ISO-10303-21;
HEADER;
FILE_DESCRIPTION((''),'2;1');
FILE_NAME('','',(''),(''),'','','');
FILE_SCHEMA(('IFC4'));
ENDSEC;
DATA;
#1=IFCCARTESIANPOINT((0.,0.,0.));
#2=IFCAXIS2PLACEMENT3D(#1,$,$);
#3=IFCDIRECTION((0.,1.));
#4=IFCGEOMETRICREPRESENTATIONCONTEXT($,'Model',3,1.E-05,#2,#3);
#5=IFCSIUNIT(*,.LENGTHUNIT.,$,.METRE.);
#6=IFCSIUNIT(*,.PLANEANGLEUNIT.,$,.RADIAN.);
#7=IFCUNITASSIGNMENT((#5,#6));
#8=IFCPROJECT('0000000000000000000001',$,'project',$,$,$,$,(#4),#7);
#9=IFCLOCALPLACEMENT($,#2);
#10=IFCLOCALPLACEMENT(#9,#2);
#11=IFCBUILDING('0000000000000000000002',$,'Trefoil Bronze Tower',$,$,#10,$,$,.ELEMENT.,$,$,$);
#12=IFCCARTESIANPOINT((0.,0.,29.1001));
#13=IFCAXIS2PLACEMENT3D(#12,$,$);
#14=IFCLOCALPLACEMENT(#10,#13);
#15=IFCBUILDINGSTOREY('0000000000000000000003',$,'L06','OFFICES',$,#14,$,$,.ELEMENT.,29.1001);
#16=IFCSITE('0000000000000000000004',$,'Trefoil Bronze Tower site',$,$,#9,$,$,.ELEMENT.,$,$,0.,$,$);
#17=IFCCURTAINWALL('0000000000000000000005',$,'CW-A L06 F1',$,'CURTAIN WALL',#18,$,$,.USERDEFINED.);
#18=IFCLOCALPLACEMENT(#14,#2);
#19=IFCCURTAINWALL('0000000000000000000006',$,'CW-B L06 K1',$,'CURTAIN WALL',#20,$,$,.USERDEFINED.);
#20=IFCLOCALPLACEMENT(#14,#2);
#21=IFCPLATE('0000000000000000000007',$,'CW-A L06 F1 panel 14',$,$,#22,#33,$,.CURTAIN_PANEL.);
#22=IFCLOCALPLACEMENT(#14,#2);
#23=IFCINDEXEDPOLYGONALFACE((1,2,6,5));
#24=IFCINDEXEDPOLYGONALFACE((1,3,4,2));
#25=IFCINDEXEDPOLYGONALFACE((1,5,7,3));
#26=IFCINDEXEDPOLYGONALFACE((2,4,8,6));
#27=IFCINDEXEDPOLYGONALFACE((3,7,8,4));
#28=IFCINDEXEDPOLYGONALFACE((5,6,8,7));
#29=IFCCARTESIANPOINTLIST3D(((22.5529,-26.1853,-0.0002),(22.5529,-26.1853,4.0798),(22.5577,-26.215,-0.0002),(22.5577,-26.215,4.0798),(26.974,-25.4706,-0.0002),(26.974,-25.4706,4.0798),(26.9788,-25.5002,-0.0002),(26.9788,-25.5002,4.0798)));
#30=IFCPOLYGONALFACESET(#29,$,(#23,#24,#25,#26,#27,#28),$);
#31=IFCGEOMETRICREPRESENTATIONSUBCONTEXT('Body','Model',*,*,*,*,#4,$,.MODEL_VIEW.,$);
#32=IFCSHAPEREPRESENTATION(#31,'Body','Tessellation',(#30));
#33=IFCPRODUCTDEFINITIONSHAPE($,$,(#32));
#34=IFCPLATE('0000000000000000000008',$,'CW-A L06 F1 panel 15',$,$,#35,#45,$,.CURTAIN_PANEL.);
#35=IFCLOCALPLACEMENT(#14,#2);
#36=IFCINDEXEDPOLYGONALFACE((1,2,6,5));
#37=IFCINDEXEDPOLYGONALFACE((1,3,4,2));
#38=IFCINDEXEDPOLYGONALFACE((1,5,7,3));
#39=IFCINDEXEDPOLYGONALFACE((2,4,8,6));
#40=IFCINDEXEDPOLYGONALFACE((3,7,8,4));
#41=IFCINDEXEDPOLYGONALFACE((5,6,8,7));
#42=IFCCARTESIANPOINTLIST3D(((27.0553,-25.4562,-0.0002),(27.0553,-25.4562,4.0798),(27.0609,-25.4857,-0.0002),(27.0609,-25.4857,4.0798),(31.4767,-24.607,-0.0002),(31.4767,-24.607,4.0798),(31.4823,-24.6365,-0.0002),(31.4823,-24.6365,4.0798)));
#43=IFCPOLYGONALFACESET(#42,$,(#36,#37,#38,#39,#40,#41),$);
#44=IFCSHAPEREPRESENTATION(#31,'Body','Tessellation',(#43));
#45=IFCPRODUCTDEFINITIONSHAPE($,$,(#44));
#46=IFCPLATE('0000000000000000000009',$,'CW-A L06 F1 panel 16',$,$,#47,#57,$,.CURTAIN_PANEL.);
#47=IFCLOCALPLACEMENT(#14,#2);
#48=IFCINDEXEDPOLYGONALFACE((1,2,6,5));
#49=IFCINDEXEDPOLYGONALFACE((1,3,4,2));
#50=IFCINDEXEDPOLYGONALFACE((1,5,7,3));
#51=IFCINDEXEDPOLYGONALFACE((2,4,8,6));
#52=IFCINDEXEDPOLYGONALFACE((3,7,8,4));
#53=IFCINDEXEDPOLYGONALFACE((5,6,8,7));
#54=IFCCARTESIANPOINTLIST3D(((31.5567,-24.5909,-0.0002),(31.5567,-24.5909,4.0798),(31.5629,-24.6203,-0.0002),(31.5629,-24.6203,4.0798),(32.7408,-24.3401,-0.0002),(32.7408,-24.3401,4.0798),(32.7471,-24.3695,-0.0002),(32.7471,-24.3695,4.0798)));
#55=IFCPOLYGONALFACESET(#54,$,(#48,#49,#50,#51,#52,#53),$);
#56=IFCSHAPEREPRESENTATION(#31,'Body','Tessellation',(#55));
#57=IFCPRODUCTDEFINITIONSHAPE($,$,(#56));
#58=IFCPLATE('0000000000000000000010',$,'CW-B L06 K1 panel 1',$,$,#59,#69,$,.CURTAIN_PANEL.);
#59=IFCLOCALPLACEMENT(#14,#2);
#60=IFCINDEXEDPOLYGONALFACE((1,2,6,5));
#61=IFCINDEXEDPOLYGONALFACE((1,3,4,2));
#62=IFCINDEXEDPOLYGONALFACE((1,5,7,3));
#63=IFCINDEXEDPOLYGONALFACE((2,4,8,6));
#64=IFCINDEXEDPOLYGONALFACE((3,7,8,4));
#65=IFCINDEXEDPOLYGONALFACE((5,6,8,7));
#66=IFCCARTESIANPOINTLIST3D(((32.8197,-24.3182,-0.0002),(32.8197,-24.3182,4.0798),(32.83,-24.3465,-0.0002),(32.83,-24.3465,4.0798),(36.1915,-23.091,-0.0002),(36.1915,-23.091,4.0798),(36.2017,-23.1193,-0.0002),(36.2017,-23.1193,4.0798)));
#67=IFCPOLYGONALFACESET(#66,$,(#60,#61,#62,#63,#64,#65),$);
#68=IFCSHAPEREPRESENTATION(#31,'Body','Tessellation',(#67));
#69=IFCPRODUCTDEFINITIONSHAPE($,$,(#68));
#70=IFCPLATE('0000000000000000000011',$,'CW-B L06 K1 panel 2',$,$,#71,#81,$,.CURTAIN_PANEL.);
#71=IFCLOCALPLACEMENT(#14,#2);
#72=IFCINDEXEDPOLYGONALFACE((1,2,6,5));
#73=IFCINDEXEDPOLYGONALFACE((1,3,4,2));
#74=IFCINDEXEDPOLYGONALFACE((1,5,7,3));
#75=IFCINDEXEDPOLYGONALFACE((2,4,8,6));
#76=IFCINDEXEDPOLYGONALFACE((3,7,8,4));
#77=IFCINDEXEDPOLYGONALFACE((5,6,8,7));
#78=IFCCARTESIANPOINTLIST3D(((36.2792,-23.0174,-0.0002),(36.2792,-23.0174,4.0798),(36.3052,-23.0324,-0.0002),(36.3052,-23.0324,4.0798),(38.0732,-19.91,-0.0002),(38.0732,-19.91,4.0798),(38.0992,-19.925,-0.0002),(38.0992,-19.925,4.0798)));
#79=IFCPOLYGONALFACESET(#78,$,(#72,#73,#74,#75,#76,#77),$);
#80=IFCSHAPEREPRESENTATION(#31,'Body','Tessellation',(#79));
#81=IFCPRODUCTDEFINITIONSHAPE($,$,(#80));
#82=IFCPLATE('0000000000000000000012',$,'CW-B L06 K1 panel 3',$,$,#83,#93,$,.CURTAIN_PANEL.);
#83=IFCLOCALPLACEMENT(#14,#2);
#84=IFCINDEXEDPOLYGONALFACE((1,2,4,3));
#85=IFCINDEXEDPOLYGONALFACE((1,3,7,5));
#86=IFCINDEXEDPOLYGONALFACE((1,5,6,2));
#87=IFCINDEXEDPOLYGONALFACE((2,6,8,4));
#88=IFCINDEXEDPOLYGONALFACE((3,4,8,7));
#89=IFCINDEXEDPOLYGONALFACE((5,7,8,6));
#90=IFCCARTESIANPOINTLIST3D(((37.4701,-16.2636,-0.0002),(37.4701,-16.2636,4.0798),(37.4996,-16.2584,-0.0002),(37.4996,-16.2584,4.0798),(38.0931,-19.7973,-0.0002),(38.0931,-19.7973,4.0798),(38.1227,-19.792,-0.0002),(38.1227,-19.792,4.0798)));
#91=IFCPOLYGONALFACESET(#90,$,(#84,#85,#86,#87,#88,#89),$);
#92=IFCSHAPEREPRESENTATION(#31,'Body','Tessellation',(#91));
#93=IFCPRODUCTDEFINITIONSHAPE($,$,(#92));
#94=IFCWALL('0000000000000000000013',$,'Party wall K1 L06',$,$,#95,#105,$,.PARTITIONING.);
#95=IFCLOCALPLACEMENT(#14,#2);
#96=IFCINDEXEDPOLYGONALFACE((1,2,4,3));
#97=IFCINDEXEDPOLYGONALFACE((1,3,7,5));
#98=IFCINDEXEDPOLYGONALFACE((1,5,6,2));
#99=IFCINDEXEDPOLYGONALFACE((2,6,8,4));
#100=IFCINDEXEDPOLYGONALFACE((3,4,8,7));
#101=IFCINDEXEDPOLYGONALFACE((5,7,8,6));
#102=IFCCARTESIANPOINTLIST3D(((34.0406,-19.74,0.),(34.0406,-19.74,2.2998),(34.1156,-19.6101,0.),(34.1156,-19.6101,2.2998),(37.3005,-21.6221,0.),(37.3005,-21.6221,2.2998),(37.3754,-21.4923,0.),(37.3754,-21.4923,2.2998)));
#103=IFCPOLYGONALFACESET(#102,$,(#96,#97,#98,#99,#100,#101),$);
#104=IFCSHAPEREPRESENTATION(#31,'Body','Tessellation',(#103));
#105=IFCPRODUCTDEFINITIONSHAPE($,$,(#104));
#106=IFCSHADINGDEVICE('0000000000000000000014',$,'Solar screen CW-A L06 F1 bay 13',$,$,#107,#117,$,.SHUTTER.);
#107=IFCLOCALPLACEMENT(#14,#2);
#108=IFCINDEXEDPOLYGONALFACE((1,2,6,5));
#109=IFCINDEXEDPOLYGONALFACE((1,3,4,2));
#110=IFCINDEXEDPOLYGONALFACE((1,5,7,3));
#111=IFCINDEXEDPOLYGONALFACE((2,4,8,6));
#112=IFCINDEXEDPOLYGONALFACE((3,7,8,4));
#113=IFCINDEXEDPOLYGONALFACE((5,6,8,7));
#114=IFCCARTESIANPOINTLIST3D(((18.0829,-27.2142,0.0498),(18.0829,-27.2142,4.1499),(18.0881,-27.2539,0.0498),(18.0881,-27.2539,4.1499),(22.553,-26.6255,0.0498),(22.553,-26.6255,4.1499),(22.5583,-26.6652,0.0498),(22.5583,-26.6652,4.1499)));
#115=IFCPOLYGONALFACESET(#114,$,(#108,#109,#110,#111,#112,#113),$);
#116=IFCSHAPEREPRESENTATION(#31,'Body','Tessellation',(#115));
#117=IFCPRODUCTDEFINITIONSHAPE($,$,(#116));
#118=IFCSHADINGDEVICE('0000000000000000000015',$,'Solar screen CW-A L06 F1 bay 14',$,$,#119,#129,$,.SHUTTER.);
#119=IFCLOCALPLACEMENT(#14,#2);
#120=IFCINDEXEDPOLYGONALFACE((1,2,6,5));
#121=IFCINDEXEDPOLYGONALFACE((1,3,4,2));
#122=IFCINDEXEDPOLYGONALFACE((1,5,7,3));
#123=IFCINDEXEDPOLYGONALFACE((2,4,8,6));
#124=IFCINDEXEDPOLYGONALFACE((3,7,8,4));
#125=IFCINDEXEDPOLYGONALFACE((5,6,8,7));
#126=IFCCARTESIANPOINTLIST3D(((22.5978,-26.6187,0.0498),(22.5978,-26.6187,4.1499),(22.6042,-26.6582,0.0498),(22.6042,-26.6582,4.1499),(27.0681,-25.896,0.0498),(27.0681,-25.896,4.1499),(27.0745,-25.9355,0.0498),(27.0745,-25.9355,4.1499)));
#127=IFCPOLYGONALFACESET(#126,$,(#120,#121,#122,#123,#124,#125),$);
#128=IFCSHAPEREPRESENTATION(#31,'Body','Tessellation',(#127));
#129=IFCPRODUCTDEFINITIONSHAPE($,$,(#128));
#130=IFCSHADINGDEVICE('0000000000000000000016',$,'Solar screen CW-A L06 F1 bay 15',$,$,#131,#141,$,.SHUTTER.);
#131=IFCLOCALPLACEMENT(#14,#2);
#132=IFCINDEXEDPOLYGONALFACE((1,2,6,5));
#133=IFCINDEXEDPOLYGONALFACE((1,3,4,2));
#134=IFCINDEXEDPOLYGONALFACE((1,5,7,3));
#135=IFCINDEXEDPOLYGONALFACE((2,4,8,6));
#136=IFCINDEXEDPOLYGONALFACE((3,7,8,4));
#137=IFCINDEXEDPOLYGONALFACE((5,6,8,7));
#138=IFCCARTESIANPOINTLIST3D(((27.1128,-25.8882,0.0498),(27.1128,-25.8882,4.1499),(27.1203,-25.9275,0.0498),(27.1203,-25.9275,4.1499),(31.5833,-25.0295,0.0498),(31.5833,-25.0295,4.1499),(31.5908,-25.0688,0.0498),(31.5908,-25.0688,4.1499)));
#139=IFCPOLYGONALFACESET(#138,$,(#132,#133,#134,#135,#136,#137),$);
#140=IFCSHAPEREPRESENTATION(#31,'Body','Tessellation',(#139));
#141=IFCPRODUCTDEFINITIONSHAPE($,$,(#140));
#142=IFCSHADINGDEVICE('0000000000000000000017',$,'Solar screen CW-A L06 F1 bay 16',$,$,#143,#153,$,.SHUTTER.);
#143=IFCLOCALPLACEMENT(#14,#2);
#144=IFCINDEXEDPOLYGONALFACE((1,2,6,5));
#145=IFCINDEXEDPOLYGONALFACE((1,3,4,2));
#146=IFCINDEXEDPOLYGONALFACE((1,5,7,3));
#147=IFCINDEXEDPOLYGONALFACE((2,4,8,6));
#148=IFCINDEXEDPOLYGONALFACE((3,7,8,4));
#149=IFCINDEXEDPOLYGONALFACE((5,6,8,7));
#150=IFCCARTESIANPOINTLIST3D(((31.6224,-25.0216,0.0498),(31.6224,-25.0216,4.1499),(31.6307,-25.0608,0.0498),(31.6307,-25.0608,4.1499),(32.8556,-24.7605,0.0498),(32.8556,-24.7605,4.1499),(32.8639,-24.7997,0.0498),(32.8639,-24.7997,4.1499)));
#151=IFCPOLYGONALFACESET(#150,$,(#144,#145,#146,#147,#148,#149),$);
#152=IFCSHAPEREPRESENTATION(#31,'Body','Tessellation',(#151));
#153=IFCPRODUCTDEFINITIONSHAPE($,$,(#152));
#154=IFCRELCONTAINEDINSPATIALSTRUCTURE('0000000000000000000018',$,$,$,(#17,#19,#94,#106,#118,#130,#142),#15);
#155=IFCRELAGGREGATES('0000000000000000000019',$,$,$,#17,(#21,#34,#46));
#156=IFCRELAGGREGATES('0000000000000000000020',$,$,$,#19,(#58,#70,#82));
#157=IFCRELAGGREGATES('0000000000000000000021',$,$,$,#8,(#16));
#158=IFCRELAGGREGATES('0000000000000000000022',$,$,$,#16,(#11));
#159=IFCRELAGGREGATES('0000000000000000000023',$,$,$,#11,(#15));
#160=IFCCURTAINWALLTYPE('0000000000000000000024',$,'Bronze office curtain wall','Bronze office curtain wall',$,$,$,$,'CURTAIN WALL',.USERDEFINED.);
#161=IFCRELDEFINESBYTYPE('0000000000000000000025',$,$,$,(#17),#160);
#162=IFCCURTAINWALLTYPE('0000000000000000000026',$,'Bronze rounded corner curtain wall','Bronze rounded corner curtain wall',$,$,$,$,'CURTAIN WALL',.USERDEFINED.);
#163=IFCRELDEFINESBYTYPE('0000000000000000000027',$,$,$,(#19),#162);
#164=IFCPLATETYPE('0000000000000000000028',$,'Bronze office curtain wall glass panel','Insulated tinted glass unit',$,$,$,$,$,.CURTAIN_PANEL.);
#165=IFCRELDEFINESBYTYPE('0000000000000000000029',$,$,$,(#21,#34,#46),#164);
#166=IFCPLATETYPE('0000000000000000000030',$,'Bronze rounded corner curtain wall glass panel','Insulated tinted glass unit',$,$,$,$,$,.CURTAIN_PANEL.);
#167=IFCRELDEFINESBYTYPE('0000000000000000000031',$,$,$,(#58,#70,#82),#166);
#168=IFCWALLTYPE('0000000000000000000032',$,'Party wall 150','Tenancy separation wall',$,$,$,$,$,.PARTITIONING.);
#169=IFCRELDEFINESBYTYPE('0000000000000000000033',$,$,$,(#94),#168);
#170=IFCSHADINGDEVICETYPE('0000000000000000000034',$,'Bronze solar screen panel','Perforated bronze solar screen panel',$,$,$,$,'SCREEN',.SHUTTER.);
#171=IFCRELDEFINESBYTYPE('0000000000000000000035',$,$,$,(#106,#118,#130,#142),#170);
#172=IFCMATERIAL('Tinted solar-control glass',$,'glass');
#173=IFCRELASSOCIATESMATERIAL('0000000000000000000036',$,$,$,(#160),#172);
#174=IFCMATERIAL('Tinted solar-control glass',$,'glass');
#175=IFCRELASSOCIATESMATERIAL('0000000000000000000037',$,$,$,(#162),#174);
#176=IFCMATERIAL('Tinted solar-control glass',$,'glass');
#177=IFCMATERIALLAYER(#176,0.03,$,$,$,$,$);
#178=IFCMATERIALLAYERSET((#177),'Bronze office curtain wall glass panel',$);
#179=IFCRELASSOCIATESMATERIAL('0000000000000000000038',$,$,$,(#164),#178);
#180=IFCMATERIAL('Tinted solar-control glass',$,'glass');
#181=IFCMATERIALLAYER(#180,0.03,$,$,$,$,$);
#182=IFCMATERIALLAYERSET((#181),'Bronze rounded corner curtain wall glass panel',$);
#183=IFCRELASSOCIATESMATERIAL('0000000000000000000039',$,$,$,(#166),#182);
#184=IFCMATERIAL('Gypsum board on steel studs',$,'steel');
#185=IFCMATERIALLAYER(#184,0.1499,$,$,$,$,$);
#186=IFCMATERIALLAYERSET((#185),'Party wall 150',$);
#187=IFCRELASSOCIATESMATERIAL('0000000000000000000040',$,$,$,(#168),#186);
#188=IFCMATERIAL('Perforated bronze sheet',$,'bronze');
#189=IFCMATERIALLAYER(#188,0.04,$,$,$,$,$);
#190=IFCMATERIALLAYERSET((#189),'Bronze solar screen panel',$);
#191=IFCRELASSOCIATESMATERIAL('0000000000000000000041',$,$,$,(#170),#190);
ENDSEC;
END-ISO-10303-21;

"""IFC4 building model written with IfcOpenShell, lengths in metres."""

from ifc_helpers import new_model, si_unit, direction, frame, frame_2d, origin, origin_2d, place, context, subcontext, project, spatial, rectangle, extrude, material, layer, layer_set, type_object, element, aggregate, save


model = new_model("IFC4")

# Units and contexts
model_context = context("Model", 3, precision=1e-05, world=origin(), true_north=direction((0.0, 1.0)))
body_context = subcontext(model_context, "Body", "Model", "MODEL_VIEW")
ifc_project = project(units=[si_unit("LENGTHUNIT", "METRE"), si_unit("PLANEANGLEUNIT", "RADIAN")], contexts=[model_context])

# Site, building, storey
site_placement = place(None, origin())
site = spatial("IfcSite", under=ifc_project, at=site_placement, Name="Trefoil Bronze Tower site", CompositionType="ELEMENT", RefElevation=0.0)
building_placement = place(site_placement, origin())
building = spatial("IfcBuilding", under=site, at=building_placement, Name="Trefoil Bronze Tower", CompositionType="ELEMENT")
storey_placement = place(building_placement, frame((0.0, 0.0, 29.1001)))
storey = spatial("IfcBuildingStorey", under=building, at=storey_placement, Name="L06", Description="OFFICES", CompositionType="ELEMENT", Elevation=29.1001)

# Curtain walls
ifc_material_1 = material(Name="Tinted solar-control glass", Category="glass")
curtain_wall_type_1 = type_object("IfcCurtainWallType", Name="Bronze office curtain wall", Description="Bronze office curtain wall", ElementType="CURTAIN WALL", PredefinedType="USERDEFINED", material=ifc_material_1)
curtain_wall_1_placement = place(storey_placement, origin())
curtain_wall_1 = element("IfcCurtainWall", 1, at=curtain_wall_1_placement, inside=storey, type_object=curtain_wall_type_1, Name="CW-A L06 F1", ObjectType="CURTAIN WALL", PredefinedType="USERDEFINED")
ifc_material_2 = material(Name="Tinted solar-control glass", Category="glass")
curtain_wall_type_2 = type_object("IfcCurtainWallType", Name="Bronze rounded corner curtain wall", Description="Bronze rounded corner curtain wall", ElementType="CURTAIN WALL", PredefinedType="USERDEFINED", material=ifc_material_2)
curtain_wall_2_placement = place(storey_placement, origin())
curtain_wall_2 = element("IfcCurtainWall", 2, at=curtain_wall_2_placement, inside=storey, type_object=curtain_wall_type_2, Name="CW-B L06 K1", ObjectType="CURTAIN WALL", PredefinedType="USERDEFINED")

# Plates
ifc_material_3 = material(Name="Tinted solar-control glass", Category="glass")
ifc_layer_1 = layer(ifc_material_3, 0.03)
ifc_layer_set_1 = layer_set([ifc_layer_1], Name="Bronze office curtain wall glass panel")
plate_type_1 = type_object("IfcPlateType", Name="Bronze office curtain wall glass panel", Description="Insulated tinted glass unit", PredefinedType="CURTAIN_PANEL", material=ifc_layer_set_1)
plate_1_placement = place(storey_placement, frame((24.7659, -25.8428, -0.0002), z_axis=(0.0, 0.0, 1.0), x_axis=(0.987181, 0.159603, 0.0)))
plate_1 = element("IfcPlate", 3, at=plate_1_placement, type_object=plate_type_1, Name="CW-A L06 F1 panel 14", PredefinedType="CURTAIN_PANEL", context=body_context, shape_type="SweptSolid", body=[
    extrude(rectangle(XDim=4.4785, YDim=0.03, at=origin_2d()), origin(), (0.0, 0.0, 1.0), 4.0801),
])
plate_2_placement = place(storey_placement, frame((29.2688, -25.0464, -0.0002), z_axis=(0.0, 0.0, 1.0), x_axis=(0.98205, 0.188622, 0.0)))
plate_2 = element("IfcPlate", 4, at=plate_2_placement, type_object=plate_type_1, Name="CW-A L06 F1 panel 15", PredefinedType="CURTAIN_PANEL", context=body_context, shape_type="SweptSolid", body=[
    extrude(rectangle(XDim=4.5022, YDim=0.03, at=origin_2d()), origin(), (0.0, 0.0, 1.0), 4.0801),
])
plate_3_placement = place(storey_placement, frame((32.1519, -24.4802, -0.0002), z_axis=(0.0, 0.0, 1.0), x_axis=(0.978303, 0.207181, 0.0)))
plate_3 = element("IfcPlate", 5, at=plate_3_placement, type_object=plate_type_1, Name="CW-A L06 F1 panel 16", PredefinedType="CURTAIN_PANEL", context=body_context, shape_type="SweptSolid", body=[
    extrude(rectangle(XDim=1.2104, YDim=0.03, at=origin_2d()), origin(), (0.0, 0.0, 1.0), 4.0801),
])
aggregate(curtain_wall_1, [plate_1, plate_2, plate_3])
ifc_material_4 = material(Name="Tinted solar-control glass", Category="glass")
ifc_layer_2 = layer(ifc_material_4, 0.03)
ifc_layer_set_2 = layer_set([ifc_layer_2], Name="Bronze rounded corner curtain wall glass panel")
plate_type_2 = type_object("IfcPlateType", Name="Bronze rounded corner curtain wall glass panel", Description="Insulated tinted glass unit", PredefinedType="CURTAIN_PANEL", material=ifc_layer_set_2)
plate_4_placement = place(storey_placement, frame((34.5107, -23.7188, -0.0002), z_axis=(0.0, 0.0, 1.0), x_axis=(0.939693, 0.34202, 0.0)))
plate_4 = element("IfcPlate", 6, at=plate_4_placement, type_object=plate_type_2, Name="CW-B L06 K1 panel 1", PredefinedType="CURTAIN_PANEL", context=body_context, shape_type="SweptSolid", body=[
    extrude(rectangle(XDim=3.5881, YDim=0.03, at=origin_2d()), origin(), (0.0, 0.0, 1.0), 4.0801),
])
plate_5_placement = place(storey_placement, frame((37.1892, -21.4712, -0.0002), z_axis=(0.0, 0.0, 1.0), x_axis=(0.5, 0.866025, 0.0)))
plate_5 = element("IfcPlate", 7, at=plate_5_placement, type_object=plate_type_2, Name="CW-B L06 K1 panel 2", PredefinedType="CURTAIN_PANEL", context=body_context, shape_type="SweptSolid", body=[
    extrude(rectangle(XDim=3.5881, YDim=0.03, at=origin_2d()), origin(), (0.0, 0.0, 1.0), 4.0801),
])
plate_6_placement = place(storey_placement, frame((37.7964, -18.0278, -0.0002), z_axis=(0.0, 0.0, 1.0), x_axis=(-0.173648, 0.984808, 0.0)))
plate_6 = element("IfcPlate", 8, at=plate_6_placement, type_object=plate_type_2, Name="CW-B L06 K1 panel 3", PredefinedType="CURTAIN_PANEL", context=body_context, shape_type="SweptSolid", body=[
    extrude(rectangle(XDim=3.5881, YDim=0.03, at=origin_2d()), origin(), (0.0, 0.0, 1.0), 4.0801),
])
aggregate(curtain_wall_2, [plate_4, plate_5, plate_6])

# Wall
ifc_material_5 = material(Name="Gypsum board on steel studs", Category="steel")
ifc_layer_3 = layer(ifc_material_5, 0.1499)
ifc_layer_set_3 = layer_set([ifc_layer_3], Name="Party wall 150")
wall_type = type_object("IfcWallType", Name="Party wall 150", Description="Tenancy separation wall", PredefinedType="PARTITIONING", material=ifc_layer_set_3)
wall_placement = place(storey_placement, frame((34.0781, -19.675, 0.0), z_axis=(0.0, 0.0, 1.0), x_axis=(0.866019, -0.500011, 0.0)))
element("IfcWall", 9, at=wall_placement, inside=storey, type_object=wall_type, Name="Party wall K1 L06", PredefinedType="PARTITIONING", context=body_context, shape_type="SweptSolid", body=[
    extrude(rectangle(XDim=3.7642, YDim=0.1499, at=frame_2d((1.8821, 0.0))), origin(), (0.0, 0.0, 1.0), 2.2998),
])

# Shading devices
ifc_material_6 = material(Name="Perforated bronze sheet", Category="bronze")
ifc_layer_4 = layer(ifc_material_6, 0.04)
ifc_layer_set_4 = layer_set([ifc_layer_4], Name="Bronze solar screen panel")
shading_device_type = type_object("IfcShadingDeviceType", Name="Bronze solar screen panel", Description="Perforated bronze solar screen panel", ElementType="SCREEN", PredefinedType="SHUTTER", material=ifc_layer_set_4)
shading_device_1_placement = place(storey_placement, frame((20.3206, -26.9397, 0.0498), z_axis=(0.0, 0.0, 1.0), x_axis=(0.991437, 0.130584, 0.0)))
element("IfcShadingDevice", 10, at=shading_device_1_placement, inside=storey, type_object=shading_device_type, Name="Solar screen CW-A L06 F1 bay 13", PredefinedType="SHUTTER", context=body_context, shape_type="SweptSolid", body=[
    extrude(rectangle(XDim=4.5088, YDim=0.04, at=origin_2d()), origin(), (0.0, 0.0, 1.0), 4.1001),
])
shading_device_2_placement = place(storey_placement, frame((24.8362, -26.2771, 0.0498), z_axis=(0.0, 0.0, 1.0), x_axis=(0.987181, 0.159603, 0.0)))
element("IfcShadingDevice", 11, at=shading_device_2_placement, inside=storey, type_object=shading_device_type, Name="Solar screen CW-A L06 F1 bay 14", PredefinedType="SHUTTER", context=body_context, shape_type="SweptSolid", body=[
    extrude(rectangle(XDim=4.5283, YDim=0.04, at=origin_2d()), origin(), (0.0, 0.0, 1.0), 4.1001),
])
shading_device_3_placement = place(storey_placement, frame((29.3518, -25.4785, 0.0498), z_axis=(0.0, 0.0, 1.0), x_axis=(0.98205, 0.188622, 0.0)))
element("IfcShadingDevice", 12, at=shading_device_3_placement, inside=storey, type_object=shading_device_type, Name="Solar screen CW-A L06 F1 bay 15", PredefinedType="SHUTTER", context=body_context, shape_type="SweptSolid", body=[
    extrude(rectangle(XDim=4.5522, YDim=0.04, at=origin_2d()), origin(), (0.0, 0.0, 1.0), 4.1001),
])
shading_device_4_placement = place(storey_placement, frame((32.2432, -24.9106, 0.0498), z_axis=(0.0, 0.0, 1.0), x_axis=(0.978303, 0.207181, 0.0)))
element("IfcShadingDevice", 13, at=shading_device_4_placement, inside=storey, type_object=shading_device_type, Name="Solar screen CW-A L06 F1 bay 16", PredefinedType="SHUTTER", context=body_context, shape_type="SweptSolid", body=[
    extrude(rectangle(XDim=1.2605, YDim=0.04, at=origin_2d()), origin(), (0.0, 0.0, 1.0), 4.1001),
])

save(model, "model.ifc")
